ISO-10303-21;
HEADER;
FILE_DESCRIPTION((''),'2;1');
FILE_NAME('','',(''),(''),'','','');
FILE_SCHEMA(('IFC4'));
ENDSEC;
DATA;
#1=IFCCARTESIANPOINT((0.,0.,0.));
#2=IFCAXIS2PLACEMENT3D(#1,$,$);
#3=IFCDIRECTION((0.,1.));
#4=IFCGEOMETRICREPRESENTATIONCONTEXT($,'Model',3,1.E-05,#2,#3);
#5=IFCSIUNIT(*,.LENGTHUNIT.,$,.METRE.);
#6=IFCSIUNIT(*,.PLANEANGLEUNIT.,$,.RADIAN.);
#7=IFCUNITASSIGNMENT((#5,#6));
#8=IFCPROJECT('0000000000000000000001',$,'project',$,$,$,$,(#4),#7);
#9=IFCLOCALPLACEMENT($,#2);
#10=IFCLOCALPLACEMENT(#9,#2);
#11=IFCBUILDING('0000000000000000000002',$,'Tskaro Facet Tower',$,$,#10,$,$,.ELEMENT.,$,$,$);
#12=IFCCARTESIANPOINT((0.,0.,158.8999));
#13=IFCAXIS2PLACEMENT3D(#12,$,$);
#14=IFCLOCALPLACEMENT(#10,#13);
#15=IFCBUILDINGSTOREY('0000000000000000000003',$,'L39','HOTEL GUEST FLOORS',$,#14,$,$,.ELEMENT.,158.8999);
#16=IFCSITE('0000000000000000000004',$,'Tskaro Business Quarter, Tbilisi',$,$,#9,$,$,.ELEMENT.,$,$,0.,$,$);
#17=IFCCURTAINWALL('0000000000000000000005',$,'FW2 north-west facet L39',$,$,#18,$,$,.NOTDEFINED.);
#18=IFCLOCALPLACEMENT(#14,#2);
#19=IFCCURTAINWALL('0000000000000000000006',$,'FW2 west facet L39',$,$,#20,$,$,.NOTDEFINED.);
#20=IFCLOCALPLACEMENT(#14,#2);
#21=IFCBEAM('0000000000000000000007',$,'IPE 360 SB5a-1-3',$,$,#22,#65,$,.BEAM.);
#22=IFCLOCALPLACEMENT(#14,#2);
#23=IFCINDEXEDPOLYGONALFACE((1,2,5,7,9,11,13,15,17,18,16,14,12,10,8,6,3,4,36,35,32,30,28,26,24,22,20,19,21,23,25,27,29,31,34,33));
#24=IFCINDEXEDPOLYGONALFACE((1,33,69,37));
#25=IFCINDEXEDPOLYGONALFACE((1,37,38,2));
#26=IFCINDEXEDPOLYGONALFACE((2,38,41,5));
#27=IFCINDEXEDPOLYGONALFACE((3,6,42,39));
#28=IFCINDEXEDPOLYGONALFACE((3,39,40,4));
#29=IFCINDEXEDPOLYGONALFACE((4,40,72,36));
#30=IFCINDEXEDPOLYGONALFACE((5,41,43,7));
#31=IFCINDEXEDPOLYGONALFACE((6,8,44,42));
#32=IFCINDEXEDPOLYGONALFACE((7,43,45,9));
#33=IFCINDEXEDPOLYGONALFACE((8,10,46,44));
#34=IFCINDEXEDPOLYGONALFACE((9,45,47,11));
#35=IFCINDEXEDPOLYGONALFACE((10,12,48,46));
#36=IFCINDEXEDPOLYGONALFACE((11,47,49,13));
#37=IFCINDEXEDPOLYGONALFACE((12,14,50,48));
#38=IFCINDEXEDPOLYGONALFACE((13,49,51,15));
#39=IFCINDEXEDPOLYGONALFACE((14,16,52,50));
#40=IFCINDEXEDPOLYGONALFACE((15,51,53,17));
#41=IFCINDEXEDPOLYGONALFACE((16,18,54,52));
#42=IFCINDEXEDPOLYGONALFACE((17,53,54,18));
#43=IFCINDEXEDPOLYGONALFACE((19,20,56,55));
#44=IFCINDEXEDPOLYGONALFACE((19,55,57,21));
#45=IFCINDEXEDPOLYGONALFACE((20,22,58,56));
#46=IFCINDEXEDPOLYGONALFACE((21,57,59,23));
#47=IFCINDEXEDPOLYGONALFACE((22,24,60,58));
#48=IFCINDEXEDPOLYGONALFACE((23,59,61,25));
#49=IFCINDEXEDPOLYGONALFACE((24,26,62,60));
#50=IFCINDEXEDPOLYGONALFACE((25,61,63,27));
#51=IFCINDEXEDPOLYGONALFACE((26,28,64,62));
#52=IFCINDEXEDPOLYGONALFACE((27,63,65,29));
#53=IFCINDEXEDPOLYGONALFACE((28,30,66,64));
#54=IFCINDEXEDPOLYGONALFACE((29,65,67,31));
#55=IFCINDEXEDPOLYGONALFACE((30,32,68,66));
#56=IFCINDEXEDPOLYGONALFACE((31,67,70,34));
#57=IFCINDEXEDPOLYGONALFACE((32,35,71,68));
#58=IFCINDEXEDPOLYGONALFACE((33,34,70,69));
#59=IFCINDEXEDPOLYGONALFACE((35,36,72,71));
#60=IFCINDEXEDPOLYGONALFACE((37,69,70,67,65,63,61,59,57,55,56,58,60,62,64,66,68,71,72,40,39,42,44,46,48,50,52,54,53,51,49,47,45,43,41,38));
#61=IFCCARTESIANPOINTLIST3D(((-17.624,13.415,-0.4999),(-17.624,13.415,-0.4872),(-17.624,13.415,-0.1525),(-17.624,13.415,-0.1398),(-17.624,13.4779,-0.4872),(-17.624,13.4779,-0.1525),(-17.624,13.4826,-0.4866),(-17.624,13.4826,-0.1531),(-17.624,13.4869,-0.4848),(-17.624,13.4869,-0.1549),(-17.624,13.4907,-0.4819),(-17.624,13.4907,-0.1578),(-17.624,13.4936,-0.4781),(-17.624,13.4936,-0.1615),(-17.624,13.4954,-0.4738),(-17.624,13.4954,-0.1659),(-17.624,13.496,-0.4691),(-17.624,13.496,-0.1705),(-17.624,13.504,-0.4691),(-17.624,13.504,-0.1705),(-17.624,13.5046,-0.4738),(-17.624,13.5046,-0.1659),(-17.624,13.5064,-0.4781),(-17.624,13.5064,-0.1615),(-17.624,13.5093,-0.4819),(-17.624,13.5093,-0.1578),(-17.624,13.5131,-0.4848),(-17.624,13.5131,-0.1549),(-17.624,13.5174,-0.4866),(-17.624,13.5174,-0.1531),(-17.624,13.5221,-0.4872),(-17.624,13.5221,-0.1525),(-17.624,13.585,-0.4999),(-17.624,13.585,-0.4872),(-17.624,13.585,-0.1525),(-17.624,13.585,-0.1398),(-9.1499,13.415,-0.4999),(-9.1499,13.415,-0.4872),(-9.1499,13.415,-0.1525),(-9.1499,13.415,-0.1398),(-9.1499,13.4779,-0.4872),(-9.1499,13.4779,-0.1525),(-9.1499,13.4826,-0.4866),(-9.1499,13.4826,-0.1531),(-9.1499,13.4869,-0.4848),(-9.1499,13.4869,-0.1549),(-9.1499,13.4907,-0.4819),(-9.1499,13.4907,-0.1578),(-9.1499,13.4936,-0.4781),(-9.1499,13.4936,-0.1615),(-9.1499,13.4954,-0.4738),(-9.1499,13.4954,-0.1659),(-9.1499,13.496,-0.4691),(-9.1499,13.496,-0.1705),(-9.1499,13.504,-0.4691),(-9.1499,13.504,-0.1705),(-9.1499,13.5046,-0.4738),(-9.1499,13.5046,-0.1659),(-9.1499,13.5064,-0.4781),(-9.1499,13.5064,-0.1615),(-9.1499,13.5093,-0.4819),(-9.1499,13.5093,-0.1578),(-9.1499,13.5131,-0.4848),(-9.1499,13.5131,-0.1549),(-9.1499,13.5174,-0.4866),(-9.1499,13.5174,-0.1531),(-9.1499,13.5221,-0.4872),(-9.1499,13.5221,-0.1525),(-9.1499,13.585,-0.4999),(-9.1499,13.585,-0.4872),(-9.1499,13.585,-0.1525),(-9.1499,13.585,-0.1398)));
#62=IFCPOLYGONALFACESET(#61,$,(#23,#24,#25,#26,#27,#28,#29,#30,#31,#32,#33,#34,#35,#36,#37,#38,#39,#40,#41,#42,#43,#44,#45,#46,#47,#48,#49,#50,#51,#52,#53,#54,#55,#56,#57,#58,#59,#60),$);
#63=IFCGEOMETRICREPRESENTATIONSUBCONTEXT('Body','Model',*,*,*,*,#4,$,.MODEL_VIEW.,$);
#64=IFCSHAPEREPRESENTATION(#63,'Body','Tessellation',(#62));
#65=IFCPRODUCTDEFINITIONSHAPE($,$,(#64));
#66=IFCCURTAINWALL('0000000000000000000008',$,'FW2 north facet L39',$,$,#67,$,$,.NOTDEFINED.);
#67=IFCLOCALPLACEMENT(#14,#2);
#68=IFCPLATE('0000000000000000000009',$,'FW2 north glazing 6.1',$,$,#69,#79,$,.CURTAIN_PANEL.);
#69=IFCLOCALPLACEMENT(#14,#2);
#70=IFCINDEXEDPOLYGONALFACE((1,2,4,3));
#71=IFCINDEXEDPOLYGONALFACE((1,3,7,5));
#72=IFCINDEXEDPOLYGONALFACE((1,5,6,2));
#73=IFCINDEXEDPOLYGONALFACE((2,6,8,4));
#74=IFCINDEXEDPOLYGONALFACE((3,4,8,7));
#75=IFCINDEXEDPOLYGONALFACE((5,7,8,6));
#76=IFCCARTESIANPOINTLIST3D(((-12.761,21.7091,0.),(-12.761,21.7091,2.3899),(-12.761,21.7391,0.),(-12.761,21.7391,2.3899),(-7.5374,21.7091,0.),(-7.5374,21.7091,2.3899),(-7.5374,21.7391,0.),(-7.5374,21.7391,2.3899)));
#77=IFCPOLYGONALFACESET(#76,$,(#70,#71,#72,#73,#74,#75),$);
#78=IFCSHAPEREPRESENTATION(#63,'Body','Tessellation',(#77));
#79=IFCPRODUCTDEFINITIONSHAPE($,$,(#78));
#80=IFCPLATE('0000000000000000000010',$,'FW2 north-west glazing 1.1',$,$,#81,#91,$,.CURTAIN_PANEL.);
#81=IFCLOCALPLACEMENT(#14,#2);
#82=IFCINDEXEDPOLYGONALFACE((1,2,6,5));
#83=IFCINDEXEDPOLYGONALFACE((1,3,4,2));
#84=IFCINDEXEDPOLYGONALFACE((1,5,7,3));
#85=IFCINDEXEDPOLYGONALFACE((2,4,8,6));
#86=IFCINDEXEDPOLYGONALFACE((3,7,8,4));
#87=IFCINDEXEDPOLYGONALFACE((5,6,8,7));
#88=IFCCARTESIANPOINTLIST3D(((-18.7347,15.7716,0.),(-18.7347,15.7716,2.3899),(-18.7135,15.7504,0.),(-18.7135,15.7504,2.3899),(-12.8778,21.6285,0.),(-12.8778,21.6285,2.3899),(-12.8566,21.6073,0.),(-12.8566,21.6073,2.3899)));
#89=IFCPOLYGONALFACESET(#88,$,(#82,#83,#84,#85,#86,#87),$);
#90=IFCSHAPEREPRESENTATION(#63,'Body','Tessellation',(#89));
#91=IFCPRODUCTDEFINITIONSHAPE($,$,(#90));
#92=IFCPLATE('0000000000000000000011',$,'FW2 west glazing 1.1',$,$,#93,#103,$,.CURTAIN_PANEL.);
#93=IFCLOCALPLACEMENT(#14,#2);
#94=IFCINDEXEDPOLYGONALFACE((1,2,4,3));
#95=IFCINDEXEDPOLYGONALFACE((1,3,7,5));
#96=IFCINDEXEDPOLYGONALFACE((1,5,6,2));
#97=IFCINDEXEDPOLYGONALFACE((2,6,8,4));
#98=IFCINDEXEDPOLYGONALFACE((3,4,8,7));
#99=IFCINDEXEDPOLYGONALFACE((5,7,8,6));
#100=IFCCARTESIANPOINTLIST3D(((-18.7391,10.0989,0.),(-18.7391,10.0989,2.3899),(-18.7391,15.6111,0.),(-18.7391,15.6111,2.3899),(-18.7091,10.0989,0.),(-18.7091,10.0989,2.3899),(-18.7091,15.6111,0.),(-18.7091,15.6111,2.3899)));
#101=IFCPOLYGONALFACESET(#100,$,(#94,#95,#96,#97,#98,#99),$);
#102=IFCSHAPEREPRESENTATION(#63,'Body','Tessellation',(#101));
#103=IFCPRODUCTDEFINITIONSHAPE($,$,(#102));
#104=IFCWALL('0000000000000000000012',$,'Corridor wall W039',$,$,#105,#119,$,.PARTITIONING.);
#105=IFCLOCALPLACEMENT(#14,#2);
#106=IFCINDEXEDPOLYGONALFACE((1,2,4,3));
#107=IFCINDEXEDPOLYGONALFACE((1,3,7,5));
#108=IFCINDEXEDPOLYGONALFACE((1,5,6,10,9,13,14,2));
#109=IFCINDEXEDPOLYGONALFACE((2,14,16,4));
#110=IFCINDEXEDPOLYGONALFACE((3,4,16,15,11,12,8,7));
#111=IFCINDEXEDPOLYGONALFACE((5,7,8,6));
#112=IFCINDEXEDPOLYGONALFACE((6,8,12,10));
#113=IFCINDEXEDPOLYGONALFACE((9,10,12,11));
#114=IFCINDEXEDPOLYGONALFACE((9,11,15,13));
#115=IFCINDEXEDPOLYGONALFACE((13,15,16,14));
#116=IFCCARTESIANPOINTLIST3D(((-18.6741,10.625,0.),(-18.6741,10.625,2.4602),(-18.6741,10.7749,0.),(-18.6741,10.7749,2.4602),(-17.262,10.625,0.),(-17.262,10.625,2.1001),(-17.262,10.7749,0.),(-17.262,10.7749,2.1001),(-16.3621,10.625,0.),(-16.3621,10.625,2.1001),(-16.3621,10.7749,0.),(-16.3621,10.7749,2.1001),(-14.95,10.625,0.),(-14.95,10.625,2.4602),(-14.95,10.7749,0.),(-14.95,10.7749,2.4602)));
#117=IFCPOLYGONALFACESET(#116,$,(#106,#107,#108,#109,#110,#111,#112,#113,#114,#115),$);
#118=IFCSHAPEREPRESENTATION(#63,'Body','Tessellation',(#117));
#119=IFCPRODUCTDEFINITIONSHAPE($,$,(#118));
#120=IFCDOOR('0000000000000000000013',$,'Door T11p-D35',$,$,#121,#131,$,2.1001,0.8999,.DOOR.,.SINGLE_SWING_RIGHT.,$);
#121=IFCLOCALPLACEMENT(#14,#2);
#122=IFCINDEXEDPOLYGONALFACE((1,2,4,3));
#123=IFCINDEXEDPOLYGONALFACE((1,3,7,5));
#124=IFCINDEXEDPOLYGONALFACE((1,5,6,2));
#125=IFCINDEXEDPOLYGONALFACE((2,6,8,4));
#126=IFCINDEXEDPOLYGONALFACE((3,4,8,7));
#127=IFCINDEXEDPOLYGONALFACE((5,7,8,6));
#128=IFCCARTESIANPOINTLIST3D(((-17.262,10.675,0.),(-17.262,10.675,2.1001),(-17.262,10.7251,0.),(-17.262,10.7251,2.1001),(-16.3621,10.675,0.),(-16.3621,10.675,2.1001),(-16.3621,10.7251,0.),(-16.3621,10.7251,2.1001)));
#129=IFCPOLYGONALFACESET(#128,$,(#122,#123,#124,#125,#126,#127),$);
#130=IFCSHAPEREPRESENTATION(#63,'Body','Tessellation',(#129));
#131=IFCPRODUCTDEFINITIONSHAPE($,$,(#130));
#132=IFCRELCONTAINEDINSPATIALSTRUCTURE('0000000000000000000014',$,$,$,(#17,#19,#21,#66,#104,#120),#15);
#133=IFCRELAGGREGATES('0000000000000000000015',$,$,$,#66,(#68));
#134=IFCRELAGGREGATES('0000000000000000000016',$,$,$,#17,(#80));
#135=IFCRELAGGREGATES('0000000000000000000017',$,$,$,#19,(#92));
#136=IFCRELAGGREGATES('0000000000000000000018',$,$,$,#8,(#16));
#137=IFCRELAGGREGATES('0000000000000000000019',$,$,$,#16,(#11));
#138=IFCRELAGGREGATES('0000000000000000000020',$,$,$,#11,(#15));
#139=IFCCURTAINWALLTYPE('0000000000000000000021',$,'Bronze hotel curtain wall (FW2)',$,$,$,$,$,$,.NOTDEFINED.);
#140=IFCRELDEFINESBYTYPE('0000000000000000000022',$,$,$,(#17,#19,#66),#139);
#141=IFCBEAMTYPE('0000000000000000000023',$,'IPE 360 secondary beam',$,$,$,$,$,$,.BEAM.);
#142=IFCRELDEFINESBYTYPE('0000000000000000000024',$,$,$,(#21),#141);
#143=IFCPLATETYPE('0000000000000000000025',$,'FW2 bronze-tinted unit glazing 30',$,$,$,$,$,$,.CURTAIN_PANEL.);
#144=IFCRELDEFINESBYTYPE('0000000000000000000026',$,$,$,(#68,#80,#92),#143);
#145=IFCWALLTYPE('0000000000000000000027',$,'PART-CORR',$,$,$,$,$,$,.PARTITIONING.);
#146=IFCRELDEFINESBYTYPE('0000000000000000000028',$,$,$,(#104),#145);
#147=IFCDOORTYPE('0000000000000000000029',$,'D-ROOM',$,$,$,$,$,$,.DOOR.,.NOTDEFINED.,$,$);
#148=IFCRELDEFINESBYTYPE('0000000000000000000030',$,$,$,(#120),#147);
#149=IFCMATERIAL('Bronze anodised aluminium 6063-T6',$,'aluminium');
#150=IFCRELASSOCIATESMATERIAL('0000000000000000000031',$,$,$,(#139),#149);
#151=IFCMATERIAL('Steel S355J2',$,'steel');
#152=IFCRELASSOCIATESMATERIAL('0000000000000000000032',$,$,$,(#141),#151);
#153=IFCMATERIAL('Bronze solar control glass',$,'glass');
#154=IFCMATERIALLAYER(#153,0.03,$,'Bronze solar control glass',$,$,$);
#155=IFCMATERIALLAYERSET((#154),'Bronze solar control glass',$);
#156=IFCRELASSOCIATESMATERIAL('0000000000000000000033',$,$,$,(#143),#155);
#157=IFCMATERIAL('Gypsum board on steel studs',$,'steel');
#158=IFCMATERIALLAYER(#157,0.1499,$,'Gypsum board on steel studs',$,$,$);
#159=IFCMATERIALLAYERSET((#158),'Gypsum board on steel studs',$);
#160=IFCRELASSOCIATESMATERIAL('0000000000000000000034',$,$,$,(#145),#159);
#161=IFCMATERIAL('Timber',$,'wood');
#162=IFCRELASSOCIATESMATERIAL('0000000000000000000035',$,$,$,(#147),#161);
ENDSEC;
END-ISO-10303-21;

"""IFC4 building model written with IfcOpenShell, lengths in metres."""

from ifc_helpers import new_model, si_unit, direction, frame, frame_2d, origin, origin_2d, place, context, subcontext, project, spatial, rectangle, i_section, extrude, material, layer, layer_set, material_profile, profile_set, type_object, element, fill, aggregate, save


model = new_model("IFC4")

# Units and contexts
model_context = context("Model", 3, precision=1e-05, world=origin(), true_north=direction((0.0, 1.0)))
body_context = subcontext(model_context, "Body", "Model", "MODEL_VIEW")
ifc_project = project(units=[si_unit("LENGTHUNIT", "METRE"), si_unit("PLANEANGLEUNIT", "RADIAN")], contexts=[model_context])

# Site, building, storey
site_placement = place(None, origin())
site = spatial("IfcSite", under=ifc_project, at=site_placement, Name="Tskaro Business Quarter, Tbilisi", CompositionType="ELEMENT", RefElevation=0.0)
building_placement = place(site_placement, origin())
building = spatial("IfcBuilding", under=site, at=building_placement, Name="Tskaro Facet Tower", CompositionType="ELEMENT")
storey_placement = place(building_placement, frame((0.0, 0.0, 158.8999)))
storey = spatial("IfcBuildingStorey", under=building, at=storey_placement, Name="L39", Description="HOTEL GUEST FLOORS", CompositionType="ELEMENT", Elevation=158.8999)

# Curtain wall
ifc_material_1 = material(Name="Bronze anodised aluminium 6063-T6", Category="aluminium")
curtain_wall_type = type_object("IfcCurtainWallType", Name="Bronze hotel curtain wall (FW2)", PredefinedType="NOTDEFINED", material=ifc_material_1)
curtain_wall_1_placement = place(storey_placement, origin())
curtain_wall_1 = element("IfcCurtainWall", 1, at=curtain_wall_1_placement, inside=storey, type_object=curtain_wall_type, Name="FW2 north-west facet L39", PredefinedType="NOTDEFINED")

# Curtain wall
curtain_wall_2_placement = place(storey_placement, origin())
curtain_wall_2 = element("IfcCurtainWall", 2, at=curtain_wall_2_placement, inside=storey, type_object=curtain_wall_type, Name="FW2 west facet L39", PredefinedType="NOTDEFINED")

# Beam
ifc_material_2 = material(Name="Steel S355J2", Category="steel")
ifc_material_profile_1 = material_profile(ifc_material_2, i_section(OverallWidth=0.1699, OverallDepth=0.3601, WebThickness=0.0081, FlangeThickness=0.0127, FilletRadius=0.0181, at=origin_2d()), Name="IPE 360")
ifc_profile_set_1 = profile_set([ifc_material_profile_1], Name="Steel S355J2")
beam_type_1 = type_object("IfcBeamType", Name="IPE 360 secondary beam", PredefinedType="BEAM", material=ifc_profile_set_1)
beam_1_placement = place(storey_placement, frame((-17.624, 13.5, -0.3198), z_axis=(1.0, 0.0, 0.0), x_axis=(0.0, 1.0, 0.0)))
element("IfcBeam", 3, at=beam_1_placement, inside=storey, type_object=beam_type_1, Name="IPE 360 SB5a-1-3", PredefinedType="BEAM", context=body_context, shape_type="SweptSolid", body=[
    extrude(i_section(OverallWidth=0.1699, OverallDepth=0.3601, WebThickness=0.0081, FlangeThickness=0.0127, FilletRadius=0.0181, at=origin_2d()), origin(), (0.0, 0.0, 1.0), 8.4741),
])

# Curtain wall, plate
curtain_wall_3_placement = place(storey_placement, origin())
curtain_wall_3 = element("IfcCurtainWall", 4, at=curtain_wall_3_placement, inside=storey, type_object=curtain_wall_type, Name="FW2 north facet L39", PredefinedType="NOTDEFINED")
ifc_material_3 = material(Name="Bronze solar control glass", Category="glass")
ifc_layer_1 = layer(ifc_material_3, 0.03, Name="Bronze solar control glass")
ifc_layer_set_1 = layer_set([ifc_layer_1], Name="Bronze solar control glass")
plate_type = type_object("IfcPlateType", Name="FW2 bronze-tinted unit glazing 30", PredefinedType="CURTAIN_PANEL", material=ifc_layer_set_1)
plate_1_placement = place(storey_placement, frame((-10.1492, 21.7241, 0.0), z_axis=(0.0, 0.0, 1.0), x_axis=(-1.0, 0.0, 0.0)))
plate_1 = element("IfcPlate", 5, at=plate_1_placement, type_object=plate_type, Name="FW2 north glazing 6.1", PredefinedType="CURTAIN_PANEL", context=body_context, shape_type="SweptSolid", body=[
    extrude(rectangle(XDim=5.2236, YDim=0.03, at=origin_2d()), origin(), (0.0, 0.0, 1.0), 2.3899),
])
aggregate(curtain_wall_3, [plate_1])

# Plates
plate_2_placement = place(storey_placement, frame((-15.7957, 18.6895, 0.0), z_axis=(0.0, 0.0, 1.0), x_axis=(-0.707107, -0.707107, 0.0)))
plate_2 = element("IfcPlate", 6, at=plate_2_placement, type_object=plate_type, Name="FW2 north-west glazing 1.1", PredefinedType="CURTAIN_PANEL", context=body_context, shape_type="SweptSolid", body=[
    extrude(rectangle(XDim=8.283, YDim=0.03, at=origin_2d()), origin(), (0.0, 0.0, 1.0), 2.3899),
])
aggregate(curtain_wall_1, [plate_2])
plate_3_placement = place(storey_placement, frame((-18.7241, 12.855, 0.0), z_axis=(0.0, 0.0, 1.0), x_axis=(0.0, -1.0, 0.0)))
plate_3 = element("IfcPlate", 7, at=plate_3_placement, type_object=plate_type, Name="FW2 west glazing 1.1", PredefinedType="CURTAIN_PANEL", context=body_context, shape_type="SweptSolid", body=[
    extrude(rectangle(XDim=5.5122, YDim=0.03, at=origin_2d()), origin(), (0.0, 0.0, 1.0), 2.3899),
])
aggregate(curtain_wall_2, [plate_3])

# Wall, opening, door
ifc_material_4 = material(Name="Gypsum board on steel studs", Category="steel")
ifc_layer_2 = layer(ifc_material_4, 0.1499, Name="Gypsum board on steel studs")
ifc_layer_set_2 = layer_set([ifc_layer_2], Name="Gypsum board on steel studs")
wall_type_1 = type_object("IfcWallType", Name="PART-CORR", PredefinedType="PARTITIONING", material=ifc_layer_set_2)
wall_1_placement = place(storey_placement, frame((-14.95, 10.7, 0.0), z_axis=(0.0, 0.0, 1.0), x_axis=(-1.0, 0.0, 0.0)))
wall_1 = element("IfcWall", 8, at=wall_1_placement, inside=storey, type_object=wall_type_1, Name="Corridor wall W039", PredefinedType="PARTITIONING", context=body_context, shape_type="SweptSolid", body=[
    extrude(rectangle(XDim=3.7241, YDim=0.1499, at=frame_2d((1.8621, 0.0))), origin(), (0.0, 0.0, 1.0), 2.4602),
])
opening_1_placement = place(wall_1_placement, frame((1.4121, 0.0, 0.0)))
opening_1 = element("IfcOpeningElement", 9, at=opening_1_placement, cuts=wall_1, PredefinedType="OPENING", context=body_context, shape_type="SweptSolid", body=[
    extrude(rectangle(XDim=0.8999, YDim=2.1001, at=frame_2d((0.45, 1.05))), frame((0.0, 0.085, 0.0), z_axis=(0.0, -1.0, 0.0), x_axis=(1.0, 0.0, 0.0)), (0.0, 0.0, 1.0), 0.1699),
])
ifc_material_5 = material(Name="Timber", Category="wood")
door_type_1 = type_object("IfcDoorType", Name="D-ROOM", OperationType="NOTDEFINED", PredefinedType="DOOR", material=ifc_material_5)
door_1_placement = place(opening_1_placement, origin())
door_1 = element("IfcDoor", 10, at=door_1_placement, inside=storey, type_object=door_type_1, Name="Door T11p-D35", OperationType="SINGLE_SWING_RIGHT", OverallHeight=2.1001, OverallWidth=0.8999, PredefinedType="DOOR", context=body_context, shape_type="SweptSolid", body=[
    extrude(rectangle(XDim=0.8999, YDim=2.1001, at=frame_2d((0.45, 1.05))), frame((0.0, 0.0249, 0.0), z_axis=(0.0, -1.0, 0.0), x_axis=(1.0, 0.0, 0.0)), (0.0, 0.0, 1.0), 0.05),
])
fill(opening_1, door_1)

save(model, "model.ifc")
